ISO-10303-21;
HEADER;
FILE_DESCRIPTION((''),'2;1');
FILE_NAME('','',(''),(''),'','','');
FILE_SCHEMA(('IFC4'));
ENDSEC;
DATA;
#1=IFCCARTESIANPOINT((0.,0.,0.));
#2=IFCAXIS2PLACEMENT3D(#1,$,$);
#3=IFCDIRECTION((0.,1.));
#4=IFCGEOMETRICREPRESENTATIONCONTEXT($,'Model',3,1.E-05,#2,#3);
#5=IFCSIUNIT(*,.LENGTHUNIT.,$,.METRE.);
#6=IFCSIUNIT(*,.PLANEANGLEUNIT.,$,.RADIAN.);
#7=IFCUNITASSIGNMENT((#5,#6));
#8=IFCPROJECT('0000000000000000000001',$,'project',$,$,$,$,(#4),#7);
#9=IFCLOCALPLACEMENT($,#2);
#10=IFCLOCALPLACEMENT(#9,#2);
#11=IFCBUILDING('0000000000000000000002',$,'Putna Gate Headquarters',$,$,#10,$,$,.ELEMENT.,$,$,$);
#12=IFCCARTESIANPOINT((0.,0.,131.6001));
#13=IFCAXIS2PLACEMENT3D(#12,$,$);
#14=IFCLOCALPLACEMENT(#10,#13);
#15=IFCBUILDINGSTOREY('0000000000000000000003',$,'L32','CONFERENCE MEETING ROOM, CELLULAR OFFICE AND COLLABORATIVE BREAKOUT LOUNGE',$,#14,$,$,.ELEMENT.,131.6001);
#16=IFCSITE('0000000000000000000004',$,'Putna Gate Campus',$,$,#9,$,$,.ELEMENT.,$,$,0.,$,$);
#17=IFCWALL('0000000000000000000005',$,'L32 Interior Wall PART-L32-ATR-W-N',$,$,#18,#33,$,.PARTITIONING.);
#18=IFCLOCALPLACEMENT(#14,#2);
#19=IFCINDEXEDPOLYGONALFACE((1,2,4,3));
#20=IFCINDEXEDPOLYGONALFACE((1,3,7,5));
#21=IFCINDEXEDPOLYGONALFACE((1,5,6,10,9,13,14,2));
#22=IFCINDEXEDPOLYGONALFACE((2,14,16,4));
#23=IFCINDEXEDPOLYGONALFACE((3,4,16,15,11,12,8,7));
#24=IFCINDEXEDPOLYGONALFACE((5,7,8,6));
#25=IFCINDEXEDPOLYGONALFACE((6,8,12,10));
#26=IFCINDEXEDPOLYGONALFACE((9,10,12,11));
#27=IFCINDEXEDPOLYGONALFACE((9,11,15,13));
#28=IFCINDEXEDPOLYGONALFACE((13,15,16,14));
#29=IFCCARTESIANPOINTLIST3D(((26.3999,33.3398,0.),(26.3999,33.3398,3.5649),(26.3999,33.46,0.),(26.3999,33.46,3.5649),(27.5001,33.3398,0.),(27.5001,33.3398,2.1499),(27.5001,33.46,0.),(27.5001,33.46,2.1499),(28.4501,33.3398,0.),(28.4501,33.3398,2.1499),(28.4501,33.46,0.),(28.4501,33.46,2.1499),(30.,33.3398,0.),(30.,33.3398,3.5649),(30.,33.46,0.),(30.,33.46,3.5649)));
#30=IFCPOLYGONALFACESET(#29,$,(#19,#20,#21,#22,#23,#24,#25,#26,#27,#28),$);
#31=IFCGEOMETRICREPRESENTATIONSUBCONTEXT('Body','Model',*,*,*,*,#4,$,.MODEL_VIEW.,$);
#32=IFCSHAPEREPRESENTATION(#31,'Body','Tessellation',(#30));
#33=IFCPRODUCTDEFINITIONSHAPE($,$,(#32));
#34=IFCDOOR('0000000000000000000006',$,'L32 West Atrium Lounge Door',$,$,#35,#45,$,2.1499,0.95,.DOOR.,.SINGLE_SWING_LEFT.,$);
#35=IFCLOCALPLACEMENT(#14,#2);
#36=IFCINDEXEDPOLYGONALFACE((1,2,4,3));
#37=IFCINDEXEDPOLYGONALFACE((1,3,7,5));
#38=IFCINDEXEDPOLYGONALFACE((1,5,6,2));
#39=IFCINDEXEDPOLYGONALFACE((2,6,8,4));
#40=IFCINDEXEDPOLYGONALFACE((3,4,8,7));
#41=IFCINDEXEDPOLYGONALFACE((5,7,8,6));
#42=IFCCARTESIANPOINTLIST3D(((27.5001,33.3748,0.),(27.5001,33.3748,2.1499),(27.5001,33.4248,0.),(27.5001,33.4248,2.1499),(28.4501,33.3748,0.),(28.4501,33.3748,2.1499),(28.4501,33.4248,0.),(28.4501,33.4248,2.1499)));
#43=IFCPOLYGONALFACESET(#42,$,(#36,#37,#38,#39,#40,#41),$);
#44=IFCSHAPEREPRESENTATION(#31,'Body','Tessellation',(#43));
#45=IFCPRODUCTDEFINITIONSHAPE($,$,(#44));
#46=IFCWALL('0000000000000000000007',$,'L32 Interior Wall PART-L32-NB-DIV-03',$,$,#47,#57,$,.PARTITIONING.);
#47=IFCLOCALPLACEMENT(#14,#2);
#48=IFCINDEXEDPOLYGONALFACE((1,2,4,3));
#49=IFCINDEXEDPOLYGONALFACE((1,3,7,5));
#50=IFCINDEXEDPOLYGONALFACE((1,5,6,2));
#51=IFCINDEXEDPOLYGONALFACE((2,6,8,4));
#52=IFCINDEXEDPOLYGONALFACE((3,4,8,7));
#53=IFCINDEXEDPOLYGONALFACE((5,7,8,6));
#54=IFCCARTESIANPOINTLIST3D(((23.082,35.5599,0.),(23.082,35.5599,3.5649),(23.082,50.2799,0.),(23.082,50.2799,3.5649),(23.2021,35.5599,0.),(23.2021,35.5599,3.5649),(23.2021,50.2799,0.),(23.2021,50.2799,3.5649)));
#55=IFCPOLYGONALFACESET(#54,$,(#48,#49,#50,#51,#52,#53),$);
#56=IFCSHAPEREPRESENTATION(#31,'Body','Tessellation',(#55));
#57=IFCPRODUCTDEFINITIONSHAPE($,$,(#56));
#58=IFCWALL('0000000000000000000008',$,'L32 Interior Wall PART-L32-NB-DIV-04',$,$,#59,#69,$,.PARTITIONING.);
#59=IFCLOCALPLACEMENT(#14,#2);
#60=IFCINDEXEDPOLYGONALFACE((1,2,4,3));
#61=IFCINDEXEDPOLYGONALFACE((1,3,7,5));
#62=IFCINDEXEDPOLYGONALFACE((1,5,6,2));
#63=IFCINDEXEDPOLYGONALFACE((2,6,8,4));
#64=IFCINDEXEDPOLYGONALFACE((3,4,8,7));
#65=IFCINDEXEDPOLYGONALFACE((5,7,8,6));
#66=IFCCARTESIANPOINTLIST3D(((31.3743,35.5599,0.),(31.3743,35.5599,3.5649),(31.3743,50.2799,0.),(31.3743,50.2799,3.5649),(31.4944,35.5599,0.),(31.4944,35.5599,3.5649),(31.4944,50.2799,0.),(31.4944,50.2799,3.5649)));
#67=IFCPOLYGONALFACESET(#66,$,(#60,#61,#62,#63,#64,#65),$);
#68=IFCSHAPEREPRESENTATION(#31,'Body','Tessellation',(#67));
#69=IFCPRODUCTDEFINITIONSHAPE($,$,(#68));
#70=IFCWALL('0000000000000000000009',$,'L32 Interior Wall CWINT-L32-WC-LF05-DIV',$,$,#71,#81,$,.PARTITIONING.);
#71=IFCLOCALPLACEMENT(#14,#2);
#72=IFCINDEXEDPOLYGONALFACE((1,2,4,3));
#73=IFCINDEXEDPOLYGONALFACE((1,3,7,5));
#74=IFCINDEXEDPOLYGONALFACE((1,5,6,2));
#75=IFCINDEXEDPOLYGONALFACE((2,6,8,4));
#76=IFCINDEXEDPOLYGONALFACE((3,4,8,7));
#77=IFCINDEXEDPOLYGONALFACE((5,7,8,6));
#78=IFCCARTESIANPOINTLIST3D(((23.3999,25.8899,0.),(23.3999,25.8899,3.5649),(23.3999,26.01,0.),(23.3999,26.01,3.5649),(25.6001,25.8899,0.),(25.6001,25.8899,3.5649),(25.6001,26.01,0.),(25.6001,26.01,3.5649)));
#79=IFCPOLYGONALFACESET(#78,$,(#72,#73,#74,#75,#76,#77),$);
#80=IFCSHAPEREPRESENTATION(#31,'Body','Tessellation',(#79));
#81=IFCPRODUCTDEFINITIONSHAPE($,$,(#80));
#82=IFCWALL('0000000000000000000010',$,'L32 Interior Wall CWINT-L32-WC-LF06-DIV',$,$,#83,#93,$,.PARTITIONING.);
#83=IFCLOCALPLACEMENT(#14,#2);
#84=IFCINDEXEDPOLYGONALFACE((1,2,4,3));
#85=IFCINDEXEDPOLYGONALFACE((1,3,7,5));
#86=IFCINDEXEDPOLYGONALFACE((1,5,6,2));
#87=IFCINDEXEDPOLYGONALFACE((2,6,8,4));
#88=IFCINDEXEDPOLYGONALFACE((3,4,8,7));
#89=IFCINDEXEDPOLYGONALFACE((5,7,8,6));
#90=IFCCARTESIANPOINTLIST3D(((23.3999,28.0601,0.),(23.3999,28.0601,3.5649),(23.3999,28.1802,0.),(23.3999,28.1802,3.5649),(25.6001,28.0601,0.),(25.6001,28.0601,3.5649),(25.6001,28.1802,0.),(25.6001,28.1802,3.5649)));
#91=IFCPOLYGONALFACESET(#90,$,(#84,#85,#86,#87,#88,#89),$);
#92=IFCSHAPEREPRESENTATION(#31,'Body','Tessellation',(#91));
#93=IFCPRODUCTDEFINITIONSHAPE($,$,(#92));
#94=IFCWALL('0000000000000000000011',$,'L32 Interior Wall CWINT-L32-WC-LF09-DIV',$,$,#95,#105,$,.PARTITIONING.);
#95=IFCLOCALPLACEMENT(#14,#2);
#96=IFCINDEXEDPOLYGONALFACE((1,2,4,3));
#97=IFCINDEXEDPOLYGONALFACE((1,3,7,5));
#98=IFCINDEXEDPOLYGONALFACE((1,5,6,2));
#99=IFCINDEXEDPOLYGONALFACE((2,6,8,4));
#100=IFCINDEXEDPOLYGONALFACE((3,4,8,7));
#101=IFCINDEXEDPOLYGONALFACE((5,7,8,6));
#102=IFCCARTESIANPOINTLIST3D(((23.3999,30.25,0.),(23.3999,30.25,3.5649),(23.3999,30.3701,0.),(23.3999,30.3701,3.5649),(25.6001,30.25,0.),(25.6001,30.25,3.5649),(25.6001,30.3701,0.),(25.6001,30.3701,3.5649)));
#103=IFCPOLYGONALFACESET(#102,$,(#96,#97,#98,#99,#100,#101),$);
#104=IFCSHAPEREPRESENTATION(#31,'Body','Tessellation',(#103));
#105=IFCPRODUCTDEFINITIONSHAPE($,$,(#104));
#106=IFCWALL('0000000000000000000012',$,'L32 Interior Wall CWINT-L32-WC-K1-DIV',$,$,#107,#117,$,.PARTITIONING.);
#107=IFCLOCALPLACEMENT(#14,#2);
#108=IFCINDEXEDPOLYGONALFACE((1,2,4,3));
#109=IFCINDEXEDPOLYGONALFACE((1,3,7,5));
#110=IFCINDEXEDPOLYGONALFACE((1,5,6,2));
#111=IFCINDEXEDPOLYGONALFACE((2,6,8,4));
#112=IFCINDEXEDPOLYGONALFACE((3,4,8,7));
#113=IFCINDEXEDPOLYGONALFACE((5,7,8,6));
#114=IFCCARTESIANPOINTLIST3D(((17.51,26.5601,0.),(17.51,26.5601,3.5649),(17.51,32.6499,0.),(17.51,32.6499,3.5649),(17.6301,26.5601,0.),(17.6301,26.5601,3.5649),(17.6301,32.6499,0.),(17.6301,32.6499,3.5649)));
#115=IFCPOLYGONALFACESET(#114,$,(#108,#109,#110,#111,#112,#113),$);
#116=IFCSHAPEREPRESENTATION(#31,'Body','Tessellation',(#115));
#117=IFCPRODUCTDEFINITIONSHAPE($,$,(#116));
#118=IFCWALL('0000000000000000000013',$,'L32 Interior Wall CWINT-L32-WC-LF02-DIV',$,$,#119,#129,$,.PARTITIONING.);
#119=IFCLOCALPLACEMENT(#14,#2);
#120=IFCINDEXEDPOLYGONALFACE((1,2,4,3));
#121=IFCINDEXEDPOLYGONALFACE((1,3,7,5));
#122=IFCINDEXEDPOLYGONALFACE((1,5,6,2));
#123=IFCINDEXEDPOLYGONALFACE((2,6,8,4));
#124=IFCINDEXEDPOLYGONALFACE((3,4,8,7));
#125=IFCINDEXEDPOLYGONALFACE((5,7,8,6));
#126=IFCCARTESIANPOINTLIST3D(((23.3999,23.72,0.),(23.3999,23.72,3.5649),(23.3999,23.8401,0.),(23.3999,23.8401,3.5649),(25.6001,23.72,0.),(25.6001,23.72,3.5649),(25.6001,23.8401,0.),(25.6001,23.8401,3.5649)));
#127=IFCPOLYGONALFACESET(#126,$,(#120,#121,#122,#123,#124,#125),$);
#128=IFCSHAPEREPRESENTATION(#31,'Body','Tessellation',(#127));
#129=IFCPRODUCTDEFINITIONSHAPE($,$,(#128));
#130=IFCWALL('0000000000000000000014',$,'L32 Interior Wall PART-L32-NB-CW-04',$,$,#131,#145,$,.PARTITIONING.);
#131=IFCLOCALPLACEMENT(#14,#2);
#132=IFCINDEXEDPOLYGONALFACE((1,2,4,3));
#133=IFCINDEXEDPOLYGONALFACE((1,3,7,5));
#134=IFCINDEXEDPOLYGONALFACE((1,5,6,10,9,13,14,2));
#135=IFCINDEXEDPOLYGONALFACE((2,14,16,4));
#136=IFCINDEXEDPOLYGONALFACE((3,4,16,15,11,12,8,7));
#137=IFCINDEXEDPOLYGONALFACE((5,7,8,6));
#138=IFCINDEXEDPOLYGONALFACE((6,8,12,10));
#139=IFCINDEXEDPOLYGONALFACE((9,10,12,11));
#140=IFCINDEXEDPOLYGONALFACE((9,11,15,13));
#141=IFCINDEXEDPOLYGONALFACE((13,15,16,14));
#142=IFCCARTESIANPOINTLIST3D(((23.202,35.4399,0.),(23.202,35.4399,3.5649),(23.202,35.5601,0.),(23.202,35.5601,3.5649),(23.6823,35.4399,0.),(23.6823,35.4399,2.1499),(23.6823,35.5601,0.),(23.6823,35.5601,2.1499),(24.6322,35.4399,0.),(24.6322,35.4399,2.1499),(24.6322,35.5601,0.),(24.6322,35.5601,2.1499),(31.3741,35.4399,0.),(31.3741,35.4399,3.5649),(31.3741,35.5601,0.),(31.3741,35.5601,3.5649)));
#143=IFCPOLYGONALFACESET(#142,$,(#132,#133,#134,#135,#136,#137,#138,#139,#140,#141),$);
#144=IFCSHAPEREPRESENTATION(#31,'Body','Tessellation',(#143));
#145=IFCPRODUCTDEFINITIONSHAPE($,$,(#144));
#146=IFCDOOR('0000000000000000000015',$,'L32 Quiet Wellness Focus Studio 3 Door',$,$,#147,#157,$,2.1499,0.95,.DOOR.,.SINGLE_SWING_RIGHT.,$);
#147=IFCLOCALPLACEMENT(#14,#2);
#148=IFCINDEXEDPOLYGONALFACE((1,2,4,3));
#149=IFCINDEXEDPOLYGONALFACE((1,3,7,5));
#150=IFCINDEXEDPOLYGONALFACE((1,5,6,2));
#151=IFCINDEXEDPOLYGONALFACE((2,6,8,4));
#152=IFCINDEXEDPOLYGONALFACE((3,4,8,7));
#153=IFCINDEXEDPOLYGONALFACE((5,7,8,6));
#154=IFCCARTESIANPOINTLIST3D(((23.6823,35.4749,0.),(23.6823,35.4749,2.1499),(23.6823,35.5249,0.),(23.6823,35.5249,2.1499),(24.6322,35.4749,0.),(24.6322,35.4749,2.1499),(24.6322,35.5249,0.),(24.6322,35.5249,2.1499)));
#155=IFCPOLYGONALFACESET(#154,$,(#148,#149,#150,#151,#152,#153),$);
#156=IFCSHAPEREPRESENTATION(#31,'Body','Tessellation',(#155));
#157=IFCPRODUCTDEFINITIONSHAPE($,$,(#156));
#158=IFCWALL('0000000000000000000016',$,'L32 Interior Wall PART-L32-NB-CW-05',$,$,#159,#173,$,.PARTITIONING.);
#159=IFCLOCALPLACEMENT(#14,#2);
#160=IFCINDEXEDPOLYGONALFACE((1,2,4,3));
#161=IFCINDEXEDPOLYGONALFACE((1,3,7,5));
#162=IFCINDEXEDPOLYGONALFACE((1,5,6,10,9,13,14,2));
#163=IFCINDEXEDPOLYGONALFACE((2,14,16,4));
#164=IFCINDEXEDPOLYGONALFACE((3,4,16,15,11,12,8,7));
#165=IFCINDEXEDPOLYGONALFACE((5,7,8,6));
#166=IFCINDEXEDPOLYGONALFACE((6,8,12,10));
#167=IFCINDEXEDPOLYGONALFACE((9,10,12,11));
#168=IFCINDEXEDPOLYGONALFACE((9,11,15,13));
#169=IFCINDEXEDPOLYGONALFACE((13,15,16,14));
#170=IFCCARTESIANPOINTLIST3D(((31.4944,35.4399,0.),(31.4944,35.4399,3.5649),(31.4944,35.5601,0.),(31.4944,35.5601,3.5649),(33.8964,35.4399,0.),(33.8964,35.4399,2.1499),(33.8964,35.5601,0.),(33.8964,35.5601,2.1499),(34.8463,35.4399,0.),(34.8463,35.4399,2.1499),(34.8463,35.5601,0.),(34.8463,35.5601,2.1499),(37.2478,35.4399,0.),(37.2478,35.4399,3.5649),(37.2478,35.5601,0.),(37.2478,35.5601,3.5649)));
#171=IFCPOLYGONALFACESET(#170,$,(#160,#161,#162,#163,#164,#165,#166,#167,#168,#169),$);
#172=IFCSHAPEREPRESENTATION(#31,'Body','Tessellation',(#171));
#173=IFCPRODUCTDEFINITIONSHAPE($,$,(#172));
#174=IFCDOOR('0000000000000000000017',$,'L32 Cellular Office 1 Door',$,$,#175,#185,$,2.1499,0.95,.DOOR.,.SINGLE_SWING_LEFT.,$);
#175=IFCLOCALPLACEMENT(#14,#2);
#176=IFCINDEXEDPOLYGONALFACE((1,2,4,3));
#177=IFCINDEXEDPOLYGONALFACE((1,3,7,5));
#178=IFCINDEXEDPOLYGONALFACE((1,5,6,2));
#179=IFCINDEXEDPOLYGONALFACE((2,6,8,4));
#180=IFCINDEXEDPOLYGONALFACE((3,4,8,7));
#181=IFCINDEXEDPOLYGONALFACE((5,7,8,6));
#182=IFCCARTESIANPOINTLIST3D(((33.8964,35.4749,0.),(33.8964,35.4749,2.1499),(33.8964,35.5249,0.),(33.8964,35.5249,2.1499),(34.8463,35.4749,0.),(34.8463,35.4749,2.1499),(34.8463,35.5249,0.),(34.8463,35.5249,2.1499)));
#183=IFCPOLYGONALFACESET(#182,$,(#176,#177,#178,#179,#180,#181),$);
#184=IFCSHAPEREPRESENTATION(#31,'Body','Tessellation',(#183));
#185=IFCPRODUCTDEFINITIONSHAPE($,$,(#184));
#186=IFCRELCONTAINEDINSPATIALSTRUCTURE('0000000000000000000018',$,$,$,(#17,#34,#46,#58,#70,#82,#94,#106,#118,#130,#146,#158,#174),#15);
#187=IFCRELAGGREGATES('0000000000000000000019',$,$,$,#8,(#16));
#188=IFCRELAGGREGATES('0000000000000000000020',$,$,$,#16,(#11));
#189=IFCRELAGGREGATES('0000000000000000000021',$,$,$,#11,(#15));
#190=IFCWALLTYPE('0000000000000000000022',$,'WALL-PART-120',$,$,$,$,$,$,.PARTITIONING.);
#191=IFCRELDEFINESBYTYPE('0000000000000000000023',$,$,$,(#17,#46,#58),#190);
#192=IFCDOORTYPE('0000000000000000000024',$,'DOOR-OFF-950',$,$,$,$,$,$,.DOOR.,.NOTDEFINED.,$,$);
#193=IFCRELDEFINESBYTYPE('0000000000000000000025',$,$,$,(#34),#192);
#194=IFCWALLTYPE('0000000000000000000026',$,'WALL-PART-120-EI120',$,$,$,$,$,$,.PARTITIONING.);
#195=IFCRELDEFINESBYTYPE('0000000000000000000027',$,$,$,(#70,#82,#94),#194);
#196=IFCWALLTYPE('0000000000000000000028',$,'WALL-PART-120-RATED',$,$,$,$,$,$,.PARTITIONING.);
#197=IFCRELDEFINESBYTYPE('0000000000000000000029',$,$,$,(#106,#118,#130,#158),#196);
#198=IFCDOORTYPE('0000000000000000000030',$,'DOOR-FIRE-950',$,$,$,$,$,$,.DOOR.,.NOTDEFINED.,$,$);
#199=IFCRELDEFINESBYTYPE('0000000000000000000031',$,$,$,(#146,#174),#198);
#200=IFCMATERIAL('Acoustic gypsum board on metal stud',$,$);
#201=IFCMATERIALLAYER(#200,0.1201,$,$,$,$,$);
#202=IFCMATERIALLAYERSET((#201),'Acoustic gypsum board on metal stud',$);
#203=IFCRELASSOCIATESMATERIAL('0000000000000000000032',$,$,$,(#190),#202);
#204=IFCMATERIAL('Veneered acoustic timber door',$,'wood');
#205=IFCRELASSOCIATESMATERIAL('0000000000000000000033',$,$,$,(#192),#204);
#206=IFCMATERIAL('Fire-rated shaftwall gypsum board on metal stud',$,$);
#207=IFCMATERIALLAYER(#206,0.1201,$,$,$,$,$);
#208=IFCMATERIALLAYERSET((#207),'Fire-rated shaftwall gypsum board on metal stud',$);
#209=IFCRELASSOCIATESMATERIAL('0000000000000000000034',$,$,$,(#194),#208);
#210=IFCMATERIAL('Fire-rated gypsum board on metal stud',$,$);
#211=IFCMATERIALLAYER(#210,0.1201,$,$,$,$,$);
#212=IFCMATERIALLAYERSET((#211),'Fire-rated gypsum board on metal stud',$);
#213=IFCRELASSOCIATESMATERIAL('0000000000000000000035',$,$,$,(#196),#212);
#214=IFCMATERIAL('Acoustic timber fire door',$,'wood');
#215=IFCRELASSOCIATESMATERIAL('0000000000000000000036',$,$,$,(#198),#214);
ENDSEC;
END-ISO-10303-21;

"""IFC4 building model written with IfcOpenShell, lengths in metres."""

from ifc_helpers import new_model, si_unit, direction, frame, frame_2d, origin, place, context, subcontext, project, spatial, rectangle, extrude, material, layer, layer_set, type_object, element, fill, save


model = new_model("IFC4")

# Units and contexts
model_context = context("Model", 3, precision=1e-05, world=origin(), true_north=direction((0.0, 1.0)))
body_context = subcontext(model_context, "Body", "Model", "MODEL_VIEW")
ifc_project = project(units=[si_unit("LENGTHUNIT", "METRE"), si_unit("PLANEANGLEUNIT", "RADIAN")], contexts=[model_context])

# Site, building, storey
site_placement = place(None, origin())
site = spatial("IfcSite", under=ifc_project, at=site_placement, Name="Putna Gate Campus", CompositionType="ELEMENT", RefElevation=0.0)
building_placement = place(site_placement, origin())
building = spatial("IfcBuilding", under=site, at=building_placement, Name="Putna Gate Headquarters", CompositionType="ELEMENT")
storey_placement = place(building_placement, frame((0.0, 0.0, 131.6001)))
storey = spatial("IfcBuildingStorey", under=building, at=storey_placement, Name="L32", Description="CONFERENCE MEETING ROOM, CELLULAR OFFICE AND COLLABORATIVE BREAKOUT LOUNGE", CompositionType="ELEMENT", Elevation=131.6001)

# Wall, opening, door
ifc_material_1 = material(Name="Acoustic gypsum board on metal stud")
ifc_layer_1 = layer(ifc_material_1, 0.1201)
ifc_layer_set_1 = layer_set([ifc_layer_1], Name="Acoustic gypsum board on metal stud")
wall_type_1 = type_object("IfcWallType", Name="WALL-PART-120", PredefinedType="PARTITIONING", material=ifc_layer_set_1)
wall_1_placement = place(storey_placement, frame((26.3999, 33.3999, 0.0), z_axis=(0.0, 0.0, 1.0), x_axis=(1.0, 0.0, 0.0)))
wall_1 = element("IfcWall", 1, at=wall_1_placement, inside=storey, type_object=wall_type_1, Name="L32 Interior Wall PART-L32-ATR-W-N", PredefinedType="PARTITIONING", context=body_context, shape_type="SweptSolid", body=[
    extrude(rectangle(XDim=3.6001, YDim=0.1201, at=frame_2d((1.8, 0.0))), origin(), (0.0, 0.0, 1.0), 3.5649),
])
opening_1_placement = place(wall_1_placement, frame((1.1001, 0.0, 0.0)))
opening_1 = element("IfcOpeningElement", 2, at=opening_1_placement, cuts=wall_1, PredefinedType="OPENING", context=body_context, shape_type="SweptSolid", body=[
    extrude(rectangle(XDim=0.95, YDim=2.1499, at=frame_2d((0.4751, 1.075))), frame((0.0, 0.0701, 0.0), z_axis=(0.0, -1.0, 0.0), x_axis=(1.0, 0.0, 0.0)), (0.0, 0.0, 1.0), 0.1401),
])
ifc_material_2 = material(Name="Veneered acoustic timber door", Category="wood")
door_type_1 = type_object("IfcDoorType", Name="DOOR-OFF-950", OperationType="NOTDEFINED", PredefinedType="DOOR", material=ifc_material_2)
door_1_placement = place(opening_1_placement, origin())
door_1 = element("IfcDoor", 3, at=door_1_placement, inside=storey, type_object=door_type_1, Name="L32 West Atrium Lounge Door", OperationType="SINGLE_SWING_LEFT", OverallHeight=2.1499, OverallWidth=0.95, PredefinedType="DOOR", context=body_context, shape_type="SweptSolid", body=[
    extrude(rectangle(XDim=0.95, YDim=2.1499, at=frame_2d((0.4751, 1.075))), frame((0.0, 0.0249, 0.0), z_axis=(0.0, -1.0, 0.0), x_axis=(1.0, 0.0, 0.0)), (0.0, 0.0, 1.0), 0.05),
])
fill(opening_1, door_1)

# Walls
for number, where, z_axis, x_axis, name in (
    (4, (23.1421, 35.5601, 0.0), (0.0, 0.0, 1.0), (0.0, 1.0, 0.0), "L32 Interior Wall PART-L32-NB-DIV-03"),
    (5, (31.4343, 35.5601, 0.0), (0.0, 0.0, 1.0), (0.0, 1.0, 0.0), "L32 Interior Wall PART-L32-NB-DIV-04"),
):
    element("IfcWall", number, at=place(storey_placement, frame(where, z_axis=z_axis, x_axis=x_axis)), inside=storey, type_object=wall_type_1, Name=name, PredefinedType="PARTITIONING", context=body_context, shape_type="SweptSolid", body=[
        extrude(rectangle(XDim=14.72, YDim=0.1201, at=frame_2d((7.3599, 0.0))), origin(), (0.0, 0.0, 1.0), 3.5649),
    ])
ifc_material_3 = material(Name="Fire-rated shaftwall gypsum board on metal stud")
ifc_layer_2 = layer(ifc_material_3, 0.1201)
ifc_layer_set_2 = layer_set([ifc_layer_2], Name="Fire-rated shaftwall gypsum board on metal stud")
wall_type_2 = type_object("IfcWallType", Name="WALL-PART-120-EI120", PredefinedType="PARTITIONING", material=ifc_layer_set_2)
for number, where, z_axis, x_axis, name in (
    (6, (23.3999, 25.95, 0.0), (0.0, 0.0, 1.0), (1.0, 0.0, 0.0), "L32 Interior Wall CWINT-L32-WC-LF05-DIV"),
    (7, (23.3999, 28.1201, 0.0), (0.0, 0.0, 1.0), (1.0, 0.0, 0.0), "L32 Interior Wall CWINT-L32-WC-LF06-DIV"),
    (8, (23.3999, 30.3101, 0.0), (0.0, 0.0, 1.0), (1.0, 0.0, 0.0), "L32 Interior Wall CWINT-L32-WC-LF09-DIV"),
):
    element("IfcWall", number, at=place(storey_placement, frame(where, z_axis=z_axis, x_axis=x_axis)), inside=storey, type_object=wall_type_2, Name=name, PredefinedType="PARTITIONING", context=body_context, shape_type="SweptSolid", body=[
        extrude(rectangle(XDim=2.2002, YDim=0.1201, at=frame_2d((1.1001, 0.0))), origin(), (0.0, 0.0, 1.0), 3.5649),
    ])
ifc_material_4 = material(Name="Fire-rated gypsum board on metal stud")
ifc_layer_3 = layer(ifc_material_4, 0.1201)
ifc_layer_set_3 = layer_set([ifc_layer_3], Name="Fire-rated gypsum board on metal stud")
wall_type_3 = type_object("IfcWallType", Name="WALL-PART-120-RATED", PredefinedType="PARTITIONING", material=ifc_layer_set_3)
wall_2_placement = place(storey_placement, frame((17.5701, 26.5601, 0.0), z_axis=(0.0, 0.0, 1.0), x_axis=(0.0, 1.0, 0.0)))
element("IfcWall", 9, at=wall_2_placement, inside=storey, type_object=wall_type_3, Name="L32 Interior Wall CWINT-L32-WC-K1-DIV", PredefinedType="PARTITIONING", context=body_context, shape_type="SweptSolid", body=[
    extrude(rectangle(XDim=6.0898, YDim=0.1201, at=frame_2d((3.0449, 0.0))), origin(), (0.0, 0.0, 1.0), 3.5649),
])
wall_3_placement = place(storey_placement, frame((23.3999, 23.78, 0.0), z_axis=(0.0, 0.0, 1.0), x_axis=(1.0, 0.0, 0.0)))
element("IfcWall", 10, at=wall_3_placement, inside=storey, type_object=wall_type_3, Name="L32 Interior Wall CWINT-L32-WC-LF02-DIV", PredefinedType="PARTITIONING", context=body_context, shape_type="SweptSolid", body=[
    extrude(rectangle(XDim=2.2002, YDim=0.1201, at=frame_2d((1.1001, 0.0))), origin(), (0.0, 0.0, 1.0), 3.5649),
])

# Walls, openings, doors
wall_4_placement = place(storey_placement, frame((23.2021, 35.5, 0.0), z_axis=(0.0, 0.0, 1.0), x_axis=(1.0, 0.0, 0.0)))
wall_4 = element("IfcWall", 11, at=wall_4_placement, inside=storey, type_object=wall_type_3, Name="L32 Interior Wall PART-L32-NB-CW-04", PredefinedType="PARTITIONING", context=body_context, shape_type="SweptSolid", body=[
    extrude(rectangle(XDim=8.1721, YDim=0.1201, at=frame_2d((4.0859, 0.0))), origin(), (0.0, 0.0, 1.0), 3.5649),
])
opening_2_placement = place(wall_4_placement, frame((0.48, 0.0, 0.0)))
opening_2 = element("IfcOpeningElement", 12, at=opening_2_placement, cuts=wall_4, PredefinedType="OPENING", context=body_context, shape_type="SweptSolid", body=[
    extrude(rectangle(XDim=0.95, YDim=2.1499, at=frame_2d((0.4751, 1.075))), frame((0.0, 0.0701, 0.0), z_axis=(0.0, -1.0, 0.0), x_axis=(1.0, 0.0, 0.0)), (0.0, 0.0, 1.0), 0.1401),
])
ifc_material_5 = material(Name="Acoustic timber fire door", Category="wood")
door_type_2 = type_object("IfcDoorType", Name="DOOR-FIRE-950", OperationType="NOTDEFINED", PredefinedType="DOOR", material=ifc_material_5)
door_2_placement = place(opening_2_placement, origin())
door_2 = element("IfcDoor", 13, at=door_2_placement, inside=storey, type_object=door_type_2, Name="L32 Quiet Wellness Focus Studio 3 Door", OperationType="SINGLE_SWING_RIGHT", OverallHeight=2.1499, OverallWidth=0.95, PredefinedType="DOOR", context=body_context, shape_type="SweptSolid", body=[
    extrude(rectangle(XDim=0.95, YDim=2.1499, at=frame_2d((0.4751, 1.075))), frame((0.0, 0.0249, 0.0), z_axis=(0.0, -1.0, 0.0), x_axis=(1.0, 0.0, 0.0)), (0.0, 0.0, 1.0), 0.05),
])
fill(opening_2, door_2)
wall_5_placement = place(storey_placement, frame((31.4944, 35.5, 0.0), z_axis=(0.0, 0.0, 1.0), x_axis=(1.0, 0.0, 0.0)))
wall_5 = element("IfcWall", 14, at=wall_5_placement, inside=storey, type_object=wall_type_3, Name="L32 Interior Wall PART-L32-NB-CW-05", PredefinedType="PARTITIONING", context=body_context, shape_type="SweptSolid", body=[
    extrude(rectangle(XDim=5.7534, YDim=0.1201, at=frame_2d((2.8767, 0.0))), origin(), (0.0, 0.0, 1.0), 3.5649),
])
opening_3_placement = place(wall_5_placement, frame((2.4019, 0.0, 0.0)))
opening_3 = element("IfcOpeningElement", 15, at=opening_3_placement, cuts=wall_5, PredefinedType="OPENING", context=body_context, shape_type="SweptSolid", body=[
    extrude(rectangle(XDim=0.95, YDim=2.1499, at=frame_2d((0.4751, 1.075))), frame((0.0, 0.0701, 0.0), z_axis=(0.0, -1.0, 0.0), x_axis=(1.0, 0.0, 0.0)), (0.0, 0.0, 1.0), 0.1401),
])
door_3_placement = place(opening_3_placement, origin())
door_3 = element("IfcDoor", 16, at=door_3_placement, inside=storey, type_object=door_type_2, Name="L32 Cellular Office 1 Door", OperationType="SINGLE_SWING_LEFT", OverallHeight=2.1499, OverallWidth=0.95, PredefinedType="DOOR", context=body_context, shape_type="SweptSolid", body=[
    extrude(rectangle(XDim=0.95, YDim=2.1499, at=frame_2d((0.4751, 1.075))), frame((0.0, 0.0249, 0.0), z_axis=(0.0, -1.0, 0.0), x_axis=(1.0, 0.0, 0.0)), (0.0, 0.0, 1.0), 0.05),
])
fill(opening_3, door_3)

save(model, "model.ifc")
